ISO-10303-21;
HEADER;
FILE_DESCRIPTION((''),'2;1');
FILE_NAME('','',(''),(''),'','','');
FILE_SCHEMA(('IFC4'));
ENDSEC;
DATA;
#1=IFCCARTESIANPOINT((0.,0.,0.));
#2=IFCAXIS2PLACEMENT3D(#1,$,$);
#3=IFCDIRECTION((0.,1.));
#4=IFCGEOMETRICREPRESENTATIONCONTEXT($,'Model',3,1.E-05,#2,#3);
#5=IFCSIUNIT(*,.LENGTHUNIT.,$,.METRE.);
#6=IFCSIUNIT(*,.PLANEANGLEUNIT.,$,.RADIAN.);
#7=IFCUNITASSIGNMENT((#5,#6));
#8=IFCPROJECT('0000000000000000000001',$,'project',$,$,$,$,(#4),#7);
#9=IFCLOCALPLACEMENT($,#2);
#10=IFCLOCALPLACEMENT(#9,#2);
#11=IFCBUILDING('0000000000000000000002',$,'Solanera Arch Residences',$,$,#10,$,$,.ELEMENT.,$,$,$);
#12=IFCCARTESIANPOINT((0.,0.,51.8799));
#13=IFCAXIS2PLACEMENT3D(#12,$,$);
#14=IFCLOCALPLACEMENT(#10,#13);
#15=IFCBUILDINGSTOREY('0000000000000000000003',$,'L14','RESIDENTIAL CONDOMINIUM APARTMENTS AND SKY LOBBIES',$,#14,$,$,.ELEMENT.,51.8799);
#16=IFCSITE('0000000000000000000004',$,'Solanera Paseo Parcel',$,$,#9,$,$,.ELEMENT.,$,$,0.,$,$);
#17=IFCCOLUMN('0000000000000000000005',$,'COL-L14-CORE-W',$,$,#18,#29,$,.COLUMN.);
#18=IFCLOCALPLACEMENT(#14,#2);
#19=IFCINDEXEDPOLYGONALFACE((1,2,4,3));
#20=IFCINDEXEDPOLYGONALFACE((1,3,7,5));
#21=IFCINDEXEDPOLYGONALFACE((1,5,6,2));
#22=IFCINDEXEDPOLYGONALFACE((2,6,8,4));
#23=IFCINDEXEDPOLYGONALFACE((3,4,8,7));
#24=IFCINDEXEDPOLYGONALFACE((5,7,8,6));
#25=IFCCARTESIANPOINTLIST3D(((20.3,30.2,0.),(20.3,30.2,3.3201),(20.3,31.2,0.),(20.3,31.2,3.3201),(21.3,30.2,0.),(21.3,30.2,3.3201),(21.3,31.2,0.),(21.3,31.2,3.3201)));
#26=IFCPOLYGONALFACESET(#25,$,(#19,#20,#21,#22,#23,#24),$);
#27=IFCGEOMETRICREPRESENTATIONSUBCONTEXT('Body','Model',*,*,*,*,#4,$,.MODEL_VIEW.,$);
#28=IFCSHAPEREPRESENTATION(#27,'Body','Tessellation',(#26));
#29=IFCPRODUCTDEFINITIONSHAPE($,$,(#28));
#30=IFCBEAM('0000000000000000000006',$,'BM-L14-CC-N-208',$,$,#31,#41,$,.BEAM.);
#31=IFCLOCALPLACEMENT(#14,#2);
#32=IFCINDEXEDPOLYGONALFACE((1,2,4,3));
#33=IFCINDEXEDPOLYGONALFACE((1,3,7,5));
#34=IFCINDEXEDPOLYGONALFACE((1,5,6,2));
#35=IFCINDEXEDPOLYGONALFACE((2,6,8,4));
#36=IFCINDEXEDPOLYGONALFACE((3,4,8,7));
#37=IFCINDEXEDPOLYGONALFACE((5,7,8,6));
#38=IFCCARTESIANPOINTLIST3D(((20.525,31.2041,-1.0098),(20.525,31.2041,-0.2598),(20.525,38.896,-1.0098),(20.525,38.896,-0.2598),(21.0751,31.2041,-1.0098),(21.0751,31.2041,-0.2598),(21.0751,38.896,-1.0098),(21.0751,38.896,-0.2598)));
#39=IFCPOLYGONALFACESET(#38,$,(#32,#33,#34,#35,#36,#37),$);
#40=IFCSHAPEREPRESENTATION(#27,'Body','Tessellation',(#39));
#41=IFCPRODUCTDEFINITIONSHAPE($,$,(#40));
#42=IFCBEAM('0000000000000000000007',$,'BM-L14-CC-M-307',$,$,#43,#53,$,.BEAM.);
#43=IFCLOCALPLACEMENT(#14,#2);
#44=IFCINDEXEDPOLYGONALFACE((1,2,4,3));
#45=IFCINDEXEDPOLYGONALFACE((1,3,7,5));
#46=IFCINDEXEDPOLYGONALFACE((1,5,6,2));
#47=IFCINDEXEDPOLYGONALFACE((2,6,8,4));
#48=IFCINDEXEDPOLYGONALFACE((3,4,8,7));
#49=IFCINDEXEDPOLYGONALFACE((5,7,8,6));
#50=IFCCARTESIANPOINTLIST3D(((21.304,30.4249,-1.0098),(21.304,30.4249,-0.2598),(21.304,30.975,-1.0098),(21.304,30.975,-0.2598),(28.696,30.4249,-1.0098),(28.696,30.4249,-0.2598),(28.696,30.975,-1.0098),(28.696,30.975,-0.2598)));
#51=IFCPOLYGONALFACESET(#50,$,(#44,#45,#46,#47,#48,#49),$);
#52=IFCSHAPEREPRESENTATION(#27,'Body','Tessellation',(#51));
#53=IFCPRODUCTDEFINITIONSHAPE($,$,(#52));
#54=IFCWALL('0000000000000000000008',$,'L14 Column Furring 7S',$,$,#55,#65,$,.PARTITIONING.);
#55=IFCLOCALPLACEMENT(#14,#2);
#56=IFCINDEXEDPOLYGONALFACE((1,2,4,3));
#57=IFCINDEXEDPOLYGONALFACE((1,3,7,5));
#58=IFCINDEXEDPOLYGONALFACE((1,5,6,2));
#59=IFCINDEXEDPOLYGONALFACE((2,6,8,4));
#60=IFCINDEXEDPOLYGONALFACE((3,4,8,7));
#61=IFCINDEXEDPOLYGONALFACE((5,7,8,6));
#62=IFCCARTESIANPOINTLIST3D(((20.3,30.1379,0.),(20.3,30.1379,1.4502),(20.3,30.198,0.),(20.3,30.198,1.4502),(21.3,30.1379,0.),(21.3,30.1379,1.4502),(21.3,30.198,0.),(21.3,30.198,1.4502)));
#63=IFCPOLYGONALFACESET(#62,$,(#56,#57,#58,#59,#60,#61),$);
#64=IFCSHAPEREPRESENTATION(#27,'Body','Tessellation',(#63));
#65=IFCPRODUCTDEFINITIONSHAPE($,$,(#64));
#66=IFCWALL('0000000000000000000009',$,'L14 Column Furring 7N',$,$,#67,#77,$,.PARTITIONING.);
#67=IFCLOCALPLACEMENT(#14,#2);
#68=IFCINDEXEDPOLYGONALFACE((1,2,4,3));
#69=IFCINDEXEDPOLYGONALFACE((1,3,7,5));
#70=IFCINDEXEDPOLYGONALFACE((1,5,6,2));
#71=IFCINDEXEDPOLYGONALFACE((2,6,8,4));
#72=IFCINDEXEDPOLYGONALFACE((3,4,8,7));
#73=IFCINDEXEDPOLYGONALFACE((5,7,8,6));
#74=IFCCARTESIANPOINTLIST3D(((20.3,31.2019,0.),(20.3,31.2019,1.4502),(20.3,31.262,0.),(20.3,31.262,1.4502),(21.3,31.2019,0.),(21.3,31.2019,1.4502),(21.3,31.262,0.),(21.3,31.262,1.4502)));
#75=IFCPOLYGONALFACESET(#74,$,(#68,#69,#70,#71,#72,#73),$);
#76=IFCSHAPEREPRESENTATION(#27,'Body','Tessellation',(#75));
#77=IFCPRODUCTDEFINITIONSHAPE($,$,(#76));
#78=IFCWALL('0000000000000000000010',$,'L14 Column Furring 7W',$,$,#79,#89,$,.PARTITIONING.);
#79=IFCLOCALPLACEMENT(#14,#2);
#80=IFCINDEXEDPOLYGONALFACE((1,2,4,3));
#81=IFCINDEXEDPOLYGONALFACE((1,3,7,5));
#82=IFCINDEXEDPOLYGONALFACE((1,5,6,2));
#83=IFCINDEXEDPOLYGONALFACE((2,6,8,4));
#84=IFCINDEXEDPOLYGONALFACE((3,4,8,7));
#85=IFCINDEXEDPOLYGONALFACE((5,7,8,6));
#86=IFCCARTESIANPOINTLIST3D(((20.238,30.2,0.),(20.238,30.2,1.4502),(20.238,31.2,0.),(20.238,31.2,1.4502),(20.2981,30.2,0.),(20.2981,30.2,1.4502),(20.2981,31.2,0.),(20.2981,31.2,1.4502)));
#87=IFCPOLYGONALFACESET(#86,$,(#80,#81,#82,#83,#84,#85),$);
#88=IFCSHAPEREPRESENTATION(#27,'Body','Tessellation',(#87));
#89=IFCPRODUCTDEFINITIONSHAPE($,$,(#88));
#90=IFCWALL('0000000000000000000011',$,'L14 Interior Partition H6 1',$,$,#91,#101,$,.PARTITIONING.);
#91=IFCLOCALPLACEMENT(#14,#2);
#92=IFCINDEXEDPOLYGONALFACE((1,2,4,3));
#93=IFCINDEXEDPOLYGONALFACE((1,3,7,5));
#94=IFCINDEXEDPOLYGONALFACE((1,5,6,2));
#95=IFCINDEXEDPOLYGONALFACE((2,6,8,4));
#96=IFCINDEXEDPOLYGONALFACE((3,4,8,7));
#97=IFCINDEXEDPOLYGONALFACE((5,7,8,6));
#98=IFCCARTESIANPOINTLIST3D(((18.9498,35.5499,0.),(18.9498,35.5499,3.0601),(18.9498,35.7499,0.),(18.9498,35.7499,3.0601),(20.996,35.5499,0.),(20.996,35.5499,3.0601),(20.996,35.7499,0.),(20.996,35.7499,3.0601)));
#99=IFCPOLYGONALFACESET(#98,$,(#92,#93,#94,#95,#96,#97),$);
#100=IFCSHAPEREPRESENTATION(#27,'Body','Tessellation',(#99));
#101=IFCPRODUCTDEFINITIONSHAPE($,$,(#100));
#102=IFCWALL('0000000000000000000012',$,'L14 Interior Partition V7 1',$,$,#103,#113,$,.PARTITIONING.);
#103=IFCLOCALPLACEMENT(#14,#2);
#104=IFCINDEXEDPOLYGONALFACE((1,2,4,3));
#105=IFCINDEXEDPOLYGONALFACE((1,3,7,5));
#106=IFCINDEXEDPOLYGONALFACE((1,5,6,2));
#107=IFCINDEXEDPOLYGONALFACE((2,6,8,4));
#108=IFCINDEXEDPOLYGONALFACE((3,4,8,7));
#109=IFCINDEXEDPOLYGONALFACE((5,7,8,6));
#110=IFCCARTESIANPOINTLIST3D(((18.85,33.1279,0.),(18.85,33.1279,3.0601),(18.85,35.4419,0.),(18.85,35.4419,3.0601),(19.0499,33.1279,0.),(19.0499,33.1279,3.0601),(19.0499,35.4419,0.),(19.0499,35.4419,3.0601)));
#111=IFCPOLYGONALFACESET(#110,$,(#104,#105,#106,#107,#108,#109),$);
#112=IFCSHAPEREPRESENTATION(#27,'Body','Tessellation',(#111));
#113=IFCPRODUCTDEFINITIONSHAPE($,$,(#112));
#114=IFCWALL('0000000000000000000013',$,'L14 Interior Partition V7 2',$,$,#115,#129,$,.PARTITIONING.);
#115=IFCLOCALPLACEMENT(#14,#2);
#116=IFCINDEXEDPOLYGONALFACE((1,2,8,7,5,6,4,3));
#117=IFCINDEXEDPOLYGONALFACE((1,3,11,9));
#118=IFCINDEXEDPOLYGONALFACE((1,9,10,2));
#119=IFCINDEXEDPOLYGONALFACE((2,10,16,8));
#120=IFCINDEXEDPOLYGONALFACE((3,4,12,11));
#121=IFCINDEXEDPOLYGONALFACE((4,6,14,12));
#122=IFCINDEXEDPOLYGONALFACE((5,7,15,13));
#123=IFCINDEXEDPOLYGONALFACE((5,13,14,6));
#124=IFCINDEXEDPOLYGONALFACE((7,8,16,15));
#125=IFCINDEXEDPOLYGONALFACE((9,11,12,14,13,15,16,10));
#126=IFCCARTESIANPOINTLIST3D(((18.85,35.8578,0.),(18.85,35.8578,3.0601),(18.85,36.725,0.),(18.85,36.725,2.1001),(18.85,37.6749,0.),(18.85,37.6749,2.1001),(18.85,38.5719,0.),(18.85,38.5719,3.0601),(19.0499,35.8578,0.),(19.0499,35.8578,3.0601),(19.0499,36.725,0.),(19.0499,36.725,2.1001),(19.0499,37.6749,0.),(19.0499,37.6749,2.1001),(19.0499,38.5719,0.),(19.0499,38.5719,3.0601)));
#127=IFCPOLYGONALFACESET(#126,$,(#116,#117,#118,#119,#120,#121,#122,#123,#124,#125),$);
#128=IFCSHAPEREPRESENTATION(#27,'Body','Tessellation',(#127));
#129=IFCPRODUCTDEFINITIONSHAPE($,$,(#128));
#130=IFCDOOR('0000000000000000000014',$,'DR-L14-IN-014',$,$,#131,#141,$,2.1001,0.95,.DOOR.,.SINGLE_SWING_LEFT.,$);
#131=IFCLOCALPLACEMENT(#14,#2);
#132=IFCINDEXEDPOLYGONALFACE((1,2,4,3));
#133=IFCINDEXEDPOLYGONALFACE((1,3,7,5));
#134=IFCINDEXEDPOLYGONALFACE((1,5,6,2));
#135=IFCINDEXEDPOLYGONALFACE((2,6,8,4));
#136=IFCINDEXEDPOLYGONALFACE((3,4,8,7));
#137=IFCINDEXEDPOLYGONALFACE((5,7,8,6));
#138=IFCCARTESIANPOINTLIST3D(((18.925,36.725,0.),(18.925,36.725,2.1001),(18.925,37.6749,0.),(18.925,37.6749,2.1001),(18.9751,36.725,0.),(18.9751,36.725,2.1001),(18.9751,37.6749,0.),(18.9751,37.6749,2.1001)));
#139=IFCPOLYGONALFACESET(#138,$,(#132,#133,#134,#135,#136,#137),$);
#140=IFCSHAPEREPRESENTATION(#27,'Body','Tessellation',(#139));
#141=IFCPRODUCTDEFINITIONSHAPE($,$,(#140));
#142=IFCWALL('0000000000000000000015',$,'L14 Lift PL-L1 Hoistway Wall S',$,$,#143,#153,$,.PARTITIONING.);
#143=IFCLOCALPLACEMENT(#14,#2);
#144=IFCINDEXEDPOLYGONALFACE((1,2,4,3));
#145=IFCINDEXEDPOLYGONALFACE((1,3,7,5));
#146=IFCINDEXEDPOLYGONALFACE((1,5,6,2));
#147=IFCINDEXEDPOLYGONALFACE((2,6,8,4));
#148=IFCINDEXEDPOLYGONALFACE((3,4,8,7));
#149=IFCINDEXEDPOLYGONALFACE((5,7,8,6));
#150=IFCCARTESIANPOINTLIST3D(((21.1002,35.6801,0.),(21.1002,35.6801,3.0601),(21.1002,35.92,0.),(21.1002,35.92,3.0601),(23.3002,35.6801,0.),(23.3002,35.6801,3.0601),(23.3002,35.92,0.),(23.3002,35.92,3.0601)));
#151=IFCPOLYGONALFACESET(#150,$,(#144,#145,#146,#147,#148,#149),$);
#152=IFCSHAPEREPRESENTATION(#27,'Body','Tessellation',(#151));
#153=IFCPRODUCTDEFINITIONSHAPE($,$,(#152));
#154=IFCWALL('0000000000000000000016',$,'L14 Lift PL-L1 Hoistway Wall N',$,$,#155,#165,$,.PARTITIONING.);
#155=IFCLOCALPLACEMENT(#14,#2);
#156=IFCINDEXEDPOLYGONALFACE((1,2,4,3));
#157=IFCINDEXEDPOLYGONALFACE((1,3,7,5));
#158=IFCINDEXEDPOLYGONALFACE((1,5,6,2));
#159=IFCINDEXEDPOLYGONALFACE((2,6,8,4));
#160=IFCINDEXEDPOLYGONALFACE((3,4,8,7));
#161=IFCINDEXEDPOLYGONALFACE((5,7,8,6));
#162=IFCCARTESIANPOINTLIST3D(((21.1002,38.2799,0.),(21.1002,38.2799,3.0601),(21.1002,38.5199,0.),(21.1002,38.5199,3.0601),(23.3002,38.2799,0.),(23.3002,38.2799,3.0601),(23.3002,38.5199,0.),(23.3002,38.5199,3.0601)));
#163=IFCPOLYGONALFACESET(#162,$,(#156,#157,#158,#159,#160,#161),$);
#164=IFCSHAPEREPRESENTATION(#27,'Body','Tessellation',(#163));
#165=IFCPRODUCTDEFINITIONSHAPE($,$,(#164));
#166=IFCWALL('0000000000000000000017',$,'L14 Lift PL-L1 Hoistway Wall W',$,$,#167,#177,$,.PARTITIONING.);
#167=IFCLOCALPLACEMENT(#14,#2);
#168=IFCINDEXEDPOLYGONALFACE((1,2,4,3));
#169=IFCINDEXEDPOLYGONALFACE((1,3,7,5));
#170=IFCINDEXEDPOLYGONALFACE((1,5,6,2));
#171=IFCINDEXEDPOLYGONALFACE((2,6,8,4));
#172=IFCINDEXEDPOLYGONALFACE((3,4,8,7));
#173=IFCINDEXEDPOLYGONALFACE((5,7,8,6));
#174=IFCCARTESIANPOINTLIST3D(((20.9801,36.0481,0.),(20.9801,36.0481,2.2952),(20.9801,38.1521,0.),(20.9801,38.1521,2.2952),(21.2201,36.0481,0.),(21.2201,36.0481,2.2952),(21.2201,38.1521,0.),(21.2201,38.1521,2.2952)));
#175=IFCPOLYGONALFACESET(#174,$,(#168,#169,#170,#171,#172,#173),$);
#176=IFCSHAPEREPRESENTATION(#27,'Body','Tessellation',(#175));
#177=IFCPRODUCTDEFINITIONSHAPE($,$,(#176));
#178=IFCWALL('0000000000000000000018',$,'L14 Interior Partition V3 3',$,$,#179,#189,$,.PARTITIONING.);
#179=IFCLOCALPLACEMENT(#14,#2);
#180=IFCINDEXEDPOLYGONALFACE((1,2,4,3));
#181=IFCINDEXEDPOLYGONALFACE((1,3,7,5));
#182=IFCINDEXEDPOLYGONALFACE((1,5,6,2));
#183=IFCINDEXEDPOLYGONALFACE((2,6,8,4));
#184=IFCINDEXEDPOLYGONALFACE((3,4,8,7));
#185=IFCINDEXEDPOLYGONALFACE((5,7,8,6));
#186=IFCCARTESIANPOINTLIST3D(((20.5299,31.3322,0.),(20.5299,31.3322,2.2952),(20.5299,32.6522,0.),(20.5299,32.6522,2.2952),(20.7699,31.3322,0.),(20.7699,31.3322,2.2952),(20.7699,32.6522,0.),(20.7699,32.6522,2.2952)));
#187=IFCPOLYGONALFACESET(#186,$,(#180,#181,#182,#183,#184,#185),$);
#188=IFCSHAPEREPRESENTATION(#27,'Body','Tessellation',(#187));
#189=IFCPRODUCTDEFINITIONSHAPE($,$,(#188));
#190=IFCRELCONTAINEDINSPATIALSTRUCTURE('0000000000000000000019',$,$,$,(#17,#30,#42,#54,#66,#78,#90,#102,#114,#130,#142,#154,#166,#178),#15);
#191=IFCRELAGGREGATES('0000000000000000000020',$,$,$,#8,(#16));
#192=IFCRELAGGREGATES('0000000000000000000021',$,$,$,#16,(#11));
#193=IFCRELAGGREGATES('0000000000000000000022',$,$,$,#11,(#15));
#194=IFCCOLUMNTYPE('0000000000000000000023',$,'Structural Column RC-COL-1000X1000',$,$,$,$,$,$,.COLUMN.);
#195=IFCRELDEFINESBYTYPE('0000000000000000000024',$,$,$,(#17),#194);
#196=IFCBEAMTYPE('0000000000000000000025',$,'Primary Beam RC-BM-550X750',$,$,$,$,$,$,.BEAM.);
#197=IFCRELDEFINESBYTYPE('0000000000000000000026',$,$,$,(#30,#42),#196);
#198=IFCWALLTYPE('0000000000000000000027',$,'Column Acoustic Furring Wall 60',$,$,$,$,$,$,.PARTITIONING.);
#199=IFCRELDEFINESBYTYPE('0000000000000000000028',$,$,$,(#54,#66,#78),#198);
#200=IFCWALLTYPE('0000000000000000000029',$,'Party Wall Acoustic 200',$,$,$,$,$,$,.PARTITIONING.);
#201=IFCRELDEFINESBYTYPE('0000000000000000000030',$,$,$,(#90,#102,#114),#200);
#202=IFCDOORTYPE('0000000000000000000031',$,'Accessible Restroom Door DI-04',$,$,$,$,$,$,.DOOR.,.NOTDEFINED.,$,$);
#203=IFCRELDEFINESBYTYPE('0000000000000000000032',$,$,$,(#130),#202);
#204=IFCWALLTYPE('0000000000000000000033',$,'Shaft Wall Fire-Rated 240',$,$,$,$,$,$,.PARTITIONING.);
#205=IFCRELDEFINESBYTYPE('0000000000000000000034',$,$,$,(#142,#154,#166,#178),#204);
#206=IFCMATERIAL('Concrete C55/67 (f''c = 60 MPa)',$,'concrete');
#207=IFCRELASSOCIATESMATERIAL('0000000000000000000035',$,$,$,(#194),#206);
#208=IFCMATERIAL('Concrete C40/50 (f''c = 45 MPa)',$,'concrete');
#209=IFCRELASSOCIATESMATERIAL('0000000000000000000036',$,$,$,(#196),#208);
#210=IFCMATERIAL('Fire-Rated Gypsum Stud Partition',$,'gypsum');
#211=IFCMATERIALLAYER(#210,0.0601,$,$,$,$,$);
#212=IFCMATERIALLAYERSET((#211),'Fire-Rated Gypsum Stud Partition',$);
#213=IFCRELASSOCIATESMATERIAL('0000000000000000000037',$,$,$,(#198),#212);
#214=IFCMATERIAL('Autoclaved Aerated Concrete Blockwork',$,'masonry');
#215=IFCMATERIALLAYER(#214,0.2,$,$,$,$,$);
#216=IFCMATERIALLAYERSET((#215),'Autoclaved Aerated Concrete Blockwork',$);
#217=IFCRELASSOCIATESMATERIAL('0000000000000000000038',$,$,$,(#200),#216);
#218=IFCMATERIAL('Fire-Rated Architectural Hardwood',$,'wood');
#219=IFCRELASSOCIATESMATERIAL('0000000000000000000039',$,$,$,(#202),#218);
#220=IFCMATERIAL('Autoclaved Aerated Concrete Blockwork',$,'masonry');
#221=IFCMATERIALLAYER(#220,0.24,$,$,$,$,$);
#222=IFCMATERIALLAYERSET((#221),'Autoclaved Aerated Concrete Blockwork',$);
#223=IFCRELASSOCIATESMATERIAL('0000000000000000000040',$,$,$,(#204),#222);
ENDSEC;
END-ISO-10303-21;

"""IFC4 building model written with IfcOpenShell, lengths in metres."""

from ifc_helpers import new_model, si_unit, direction, frame, frame_2d, origin, origin_2d, place, context, subcontext, project, spatial, rectangle, extrude, material, layer, layer_set, material_profile, profile_set, type_object, element, fill, save


model = new_model("IFC4")

# Units and contexts
model_context = context("Model", 3, precision=1e-05, world=origin(), true_north=direction((0.0, 1.0)))
body_context = subcontext(model_context, "Body", "Model", "MODEL_VIEW")
ifc_project = project(units=[si_unit("LENGTHUNIT", "METRE"), si_unit("PLANEANGLEUNIT", "RADIAN")], contexts=[model_context])

# Site, building, storey
site_placement = place(None, origin())
site = spatial("IfcSite", under=ifc_project, at=site_placement, Name="Solanera Paseo Parcel", CompositionType="ELEMENT", RefElevation=0.0)
building_placement = place(site_placement, origin())
building = spatial("IfcBuilding", under=site, at=building_placement, Name="Solanera Arch Residences", CompositionType="ELEMENT")
storey_placement = place(building_placement, frame((0.0, 0.0, 51.8799)))
storey = spatial("IfcBuildingStorey", under=building, at=storey_placement, Name="L14", Description="RESIDENTIAL CONDOMINIUM APARTMENTS AND SKY LOBBIES", CompositionType="ELEMENT", Elevation=51.8799)

# Column
ifc_material_1 = material(Name="Concrete C55/67 (f'c = 60 MPa)", Category="concrete")
ifc_material_profile_1 = material_profile(ifc_material_1, rectangle(XDim=1.0, YDim=1.0, at=origin_2d()))
ifc_profile_set_1 = profile_set([ifc_material_profile_1], Name="Concrete C55/67 (f'c = 60 MPa)")
column_type = type_object("IfcColumnType", Name="Structural Column RC-COL-1000X1000", PredefinedType="COLUMN", material=ifc_profile_set_1)
column_placement = place(storey_placement, frame((20.8, 30.7, 0.0), z_axis=(0.0, 0.0, 1.0), x_axis=(1.0, 0.0, 0.0)))
element("IfcColumn", 1, at=column_placement, inside=storey, type_object=column_type, Name="COL-L14-CORE-W", PredefinedType="COLUMN", context=body_context, shape_type="SweptSolid", body=[
    extrude(rectangle(XDim=1.0, YDim=1.0, at=origin_2d()), origin(), (0.0, 0.0, 1.0), 3.3201),
])

# Beams
ifc_material_2 = material(Name="Concrete C40/50 (f'c = 45 MPa)", Category="concrete")
ifc_material_profile_2 = material_profile(ifc_material_2, rectangle(XDim=0.55, YDim=0.75, at=origin_2d()))
ifc_profile_set_2 = profile_set([ifc_material_profile_2], Name="Concrete C40/50 (f'c = 45 MPa)")
beam_type = type_object("IfcBeamType", Name="Primary Beam RC-BM-550X750", PredefinedType="BEAM", material=ifc_profile_set_2)
beam_1_placement = place(storey_placement, frame((20.8, 31.2041, -0.6348), z_axis=(0.0, 1.0, 0.0), x_axis=(-1.0, 0.0, 0.0)))
element("IfcBeam", 2, at=beam_1_placement, inside=storey, type_object=beam_type, Name="BM-L14-CC-N-208", PredefinedType="BEAM", context=body_context, shape_type="SweptSolid", body=[
    extrude(rectangle(XDim=0.55, YDim=0.75, at=origin_2d()), origin(), (0.0, 0.0, 1.0), 7.6919),
])
beam_2_placement = place(storey_placement, frame((21.304, 30.7, -0.6348), z_axis=(1.0, 0.0, 0.0), x_axis=(0.0, 1.0, 0.0)))
element("IfcBeam", 3, at=beam_2_placement, inside=storey, type_object=beam_type, Name="BM-L14-CC-M-307", PredefinedType="BEAM", context=body_context, shape_type="SweptSolid", body=[
    extrude(rectangle(XDim=0.55, YDim=0.75, at=origin_2d()), origin(), (0.0, 0.0, 1.0), 7.3921),
])

# Walls
ifc_material_3 = material(Name="Fire-Rated Gypsum Stud Partition", Category="gypsum")
ifc_layer_1 = layer(ifc_material_3, 0.0601)
ifc_layer_set_1 = layer_set([ifc_layer_1], Name="Fire-Rated Gypsum Stud Partition")
wall_type_1 = type_object("IfcWallType", Name="Column Acoustic Furring Wall 60", PredefinedType="PARTITIONING", material=ifc_layer_set_1)
for number, where, z_axis, x_axis, name in (
    (4, (20.3, 30.168, 0.0), (0.0, 0.0, 1.0), (1.0, 0.0, 0.0), "L14 Column Furring 7S"),
    (5, (20.3, 31.2319, 0.0), (0.0, 0.0, 1.0), (1.0, 0.0, 0.0), "L14 Column Furring 7N"),
    (6, (20.2681, 30.2, 0.0), (0.0, 0.0, 1.0), (0.0, 1.0, 0.0), "L14 Column Furring 7W"),
):
    element("IfcWall", number, at=place(storey_placement, frame(where, z_axis=z_axis, x_axis=x_axis)), inside=storey, type_object=wall_type_1, Name=name, PredefinedType="PARTITIONING", context=body_context, shape_type="SweptSolid", body=[
        extrude(rectangle(XDim=1.0, YDim=0.0601, at=frame_2d((0.5, 0.0))), origin(), (0.0, 0.0, 1.0), 1.4502),
    ])

# Walls
ifc_material_4 = material(Name="Autoclaved Aerated Concrete Blockwork", Category="masonry")
ifc_layer_2 = layer(ifc_material_4, 0.2)
ifc_layer_set_2 = layer_set([ifc_layer_2], Name="Autoclaved Aerated Concrete Blockwork")
wall_type_2 = type_object("IfcWallType", Name="Party Wall Acoustic 200", PredefinedType="PARTITIONING", material=ifc_layer_set_2)
wall_1_placement = place(storey_placement, frame((18.95, 35.6499, 0.0), z_axis=(0.0, 0.0, 1.0), x_axis=(1.0, 0.0, 0.0)))
element("IfcWall", 7, at=wall_1_placement, inside=storey, type_object=wall_type_2, Name="L14 Interior Partition H6 1", PredefinedType="PARTITIONING", context=body_context, shape_type="SweptSolid", body=[
    extrude(rectangle(XDim=2.0461, YDim=0.2, at=frame_2d((1.0229, 0.0))), origin(), (0.0, 0.0, 1.0), 3.0601),
])
wall_2_placement = place(storey_placement, frame((18.95, 33.1279, 0.0), z_axis=(0.0, 0.0, 1.0), x_axis=(0.0, 1.0, 0.0)))
element("IfcWall", 8, at=wall_2_placement, inside=storey, type_object=wall_type_2, Name="L14 Interior Partition V7 1", PredefinedType="PARTITIONING", context=body_context, shape_type="SweptSolid", body=[
    extrude(rectangle(XDim=2.314, YDim=0.2, at=frame_2d((1.157, 0.0))), origin(), (0.0, 0.0, 1.0), 3.0601),
])

# Wall, opening, door
wall_3_placement = place(storey_placement, frame((18.95, 35.8579, 0.0), z_axis=(0.0, 0.0, 1.0), x_axis=(0.0, 1.0, 0.0)))
wall_3 = element("IfcWall", 9, at=wall_3_placement, inside=storey, type_object=wall_type_2, Name="L14 Interior Partition V7 2", PredefinedType="PARTITIONING", context=body_context, shape_type="SweptSolid", body=[
    extrude(rectangle(XDim=2.7141, YDim=0.2, at=frame_2d((1.3569, 0.0))), origin(), (0.0, 0.0, 1.0), 3.0601),
])
opening_1_placement = place(wall_3_placement, frame((0.8669, 0.0, 0.0)))
opening_1 = element("IfcOpeningElement", 10, at=opening_1_placement, cuts=wall_3, PredefinedType="OPENING", context=body_context, shape_type="SweptSolid", body=[
    extrude(rectangle(XDim=0.95, YDim=2.1001, at=frame_2d((0.4751, 1.05))), frame((0.0, 0.1101, 0.0), z_axis=(0.0, -1.0, 0.0), x_axis=(1.0, 0.0, 0.0)), (0.0, 0.0, 1.0), 0.22),
])
ifc_material_5 = material(Name="Fire-Rated Architectural Hardwood", Category="wood")
door_type_1 = type_object("IfcDoorType", Name="Accessible Restroom Door DI-04", OperationType="NOTDEFINED", PredefinedType="DOOR", material=ifc_material_5)
door_1_placement = place(opening_1_placement, origin())
door_1 = element("IfcDoor", 11, at=door_1_placement, inside=storey, type_object=door_type_1, Name="DR-L14-IN-014", OperationType="SINGLE_SWING_LEFT", OverallHeight=2.1001, OverallWidth=0.95, PredefinedType="DOOR", context=body_context, shape_type="SweptSolid", body=[
    extrude(rectangle(XDim=0.95, YDim=2.1001, at=frame_2d((0.4751, 1.05))), frame((0.0, 0.0249, 0.0), z_axis=(0.0, -1.0, 0.0), x_axis=(1.0, 0.0, 0.0)), (0.0, 0.0, 1.0), 0.05),
])
fill(opening_1, door_1)

# Walls
ifc_material_6 = material(Name="Autoclaved Aerated Concrete Blockwork", Category="masonry")
ifc_layer_3 = layer(ifc_material_6, 0.24)
ifc_layer_set_3 = layer_set([ifc_layer_3], Name="Autoclaved Aerated Concrete Blockwork")
wall_type_3 = type_object("IfcWallType", Name="Shaft Wall Fire-Rated 240", PredefinedType="PARTITIONING", material=ifc_layer_set_3)
for number, where, z_axis, x_axis, name in (
    (12, (21.1001, 35.8, 0.0), (0.0, 0.0, 1.0), (1.0, 0.0, 0.0), "L14 Lift PL-L1 Hoistway Wall S"),
    (13, (21.1001, 38.3999, 0.0), (0.0, 0.0, 1.0), (1.0, 0.0, 0.0), "L14 Lift PL-L1 Hoistway Wall N"),
):
    element("IfcWall", number, at=place(storey_placement, frame(where, z_axis=z_axis, x_axis=x_axis)), inside=storey, type_object=wall_type_3, Name=name, PredefinedType="PARTITIONING", context=body_context, shape_type="SweptSolid", body=[
        extrude(rectangle(XDim=2.2, YDim=0.24, at=frame_2d((1.1001, 0.0))), origin(), (0.0, 0.0, 1.0), 3.0601),
    ])
wall_4_placement = place(storey_placement, frame((21.1001, 36.0481, 0.0), z_axis=(0.0, 0.0, 1.0), x_axis=(0.0, 1.0, 0.0)))
element("IfcWall", 14, at=wall_4_placement, inside=storey, type_object=wall_type_3, Name="L14 Lift PL-L1 Hoistway Wall W", PredefinedType="PARTITIONING", context=body_context, shape_type="SweptSolid", body=[
    extrude(rectangle(XDim=2.104, YDim=0.24, at=frame_2d((1.052, 0.0))), origin(), (0.0, 0.0, 1.0), 2.2952),
])

# Wall
wall_5_placement = place(storey_placement, frame((20.6499, 31.332, 0.0), z_axis=(0.0, 0.0, 1.0), x_axis=(0.0, 1.0, 0.0)))
element("IfcWall", 15, at=wall_5_placement, inside=storey, type_object=wall_type_3, Name="L14 Interior Partition V3 3", PredefinedType="PARTITIONING", context=body_context, shape_type="SweptSolid", body=[
    extrude(rectangle(XDim=1.3201, YDim=0.24, at=frame_2d((0.6602, 0.0))), origin(), (0.0, 0.0, 1.0), 2.2952),
])

save(model, "model.ifc")
